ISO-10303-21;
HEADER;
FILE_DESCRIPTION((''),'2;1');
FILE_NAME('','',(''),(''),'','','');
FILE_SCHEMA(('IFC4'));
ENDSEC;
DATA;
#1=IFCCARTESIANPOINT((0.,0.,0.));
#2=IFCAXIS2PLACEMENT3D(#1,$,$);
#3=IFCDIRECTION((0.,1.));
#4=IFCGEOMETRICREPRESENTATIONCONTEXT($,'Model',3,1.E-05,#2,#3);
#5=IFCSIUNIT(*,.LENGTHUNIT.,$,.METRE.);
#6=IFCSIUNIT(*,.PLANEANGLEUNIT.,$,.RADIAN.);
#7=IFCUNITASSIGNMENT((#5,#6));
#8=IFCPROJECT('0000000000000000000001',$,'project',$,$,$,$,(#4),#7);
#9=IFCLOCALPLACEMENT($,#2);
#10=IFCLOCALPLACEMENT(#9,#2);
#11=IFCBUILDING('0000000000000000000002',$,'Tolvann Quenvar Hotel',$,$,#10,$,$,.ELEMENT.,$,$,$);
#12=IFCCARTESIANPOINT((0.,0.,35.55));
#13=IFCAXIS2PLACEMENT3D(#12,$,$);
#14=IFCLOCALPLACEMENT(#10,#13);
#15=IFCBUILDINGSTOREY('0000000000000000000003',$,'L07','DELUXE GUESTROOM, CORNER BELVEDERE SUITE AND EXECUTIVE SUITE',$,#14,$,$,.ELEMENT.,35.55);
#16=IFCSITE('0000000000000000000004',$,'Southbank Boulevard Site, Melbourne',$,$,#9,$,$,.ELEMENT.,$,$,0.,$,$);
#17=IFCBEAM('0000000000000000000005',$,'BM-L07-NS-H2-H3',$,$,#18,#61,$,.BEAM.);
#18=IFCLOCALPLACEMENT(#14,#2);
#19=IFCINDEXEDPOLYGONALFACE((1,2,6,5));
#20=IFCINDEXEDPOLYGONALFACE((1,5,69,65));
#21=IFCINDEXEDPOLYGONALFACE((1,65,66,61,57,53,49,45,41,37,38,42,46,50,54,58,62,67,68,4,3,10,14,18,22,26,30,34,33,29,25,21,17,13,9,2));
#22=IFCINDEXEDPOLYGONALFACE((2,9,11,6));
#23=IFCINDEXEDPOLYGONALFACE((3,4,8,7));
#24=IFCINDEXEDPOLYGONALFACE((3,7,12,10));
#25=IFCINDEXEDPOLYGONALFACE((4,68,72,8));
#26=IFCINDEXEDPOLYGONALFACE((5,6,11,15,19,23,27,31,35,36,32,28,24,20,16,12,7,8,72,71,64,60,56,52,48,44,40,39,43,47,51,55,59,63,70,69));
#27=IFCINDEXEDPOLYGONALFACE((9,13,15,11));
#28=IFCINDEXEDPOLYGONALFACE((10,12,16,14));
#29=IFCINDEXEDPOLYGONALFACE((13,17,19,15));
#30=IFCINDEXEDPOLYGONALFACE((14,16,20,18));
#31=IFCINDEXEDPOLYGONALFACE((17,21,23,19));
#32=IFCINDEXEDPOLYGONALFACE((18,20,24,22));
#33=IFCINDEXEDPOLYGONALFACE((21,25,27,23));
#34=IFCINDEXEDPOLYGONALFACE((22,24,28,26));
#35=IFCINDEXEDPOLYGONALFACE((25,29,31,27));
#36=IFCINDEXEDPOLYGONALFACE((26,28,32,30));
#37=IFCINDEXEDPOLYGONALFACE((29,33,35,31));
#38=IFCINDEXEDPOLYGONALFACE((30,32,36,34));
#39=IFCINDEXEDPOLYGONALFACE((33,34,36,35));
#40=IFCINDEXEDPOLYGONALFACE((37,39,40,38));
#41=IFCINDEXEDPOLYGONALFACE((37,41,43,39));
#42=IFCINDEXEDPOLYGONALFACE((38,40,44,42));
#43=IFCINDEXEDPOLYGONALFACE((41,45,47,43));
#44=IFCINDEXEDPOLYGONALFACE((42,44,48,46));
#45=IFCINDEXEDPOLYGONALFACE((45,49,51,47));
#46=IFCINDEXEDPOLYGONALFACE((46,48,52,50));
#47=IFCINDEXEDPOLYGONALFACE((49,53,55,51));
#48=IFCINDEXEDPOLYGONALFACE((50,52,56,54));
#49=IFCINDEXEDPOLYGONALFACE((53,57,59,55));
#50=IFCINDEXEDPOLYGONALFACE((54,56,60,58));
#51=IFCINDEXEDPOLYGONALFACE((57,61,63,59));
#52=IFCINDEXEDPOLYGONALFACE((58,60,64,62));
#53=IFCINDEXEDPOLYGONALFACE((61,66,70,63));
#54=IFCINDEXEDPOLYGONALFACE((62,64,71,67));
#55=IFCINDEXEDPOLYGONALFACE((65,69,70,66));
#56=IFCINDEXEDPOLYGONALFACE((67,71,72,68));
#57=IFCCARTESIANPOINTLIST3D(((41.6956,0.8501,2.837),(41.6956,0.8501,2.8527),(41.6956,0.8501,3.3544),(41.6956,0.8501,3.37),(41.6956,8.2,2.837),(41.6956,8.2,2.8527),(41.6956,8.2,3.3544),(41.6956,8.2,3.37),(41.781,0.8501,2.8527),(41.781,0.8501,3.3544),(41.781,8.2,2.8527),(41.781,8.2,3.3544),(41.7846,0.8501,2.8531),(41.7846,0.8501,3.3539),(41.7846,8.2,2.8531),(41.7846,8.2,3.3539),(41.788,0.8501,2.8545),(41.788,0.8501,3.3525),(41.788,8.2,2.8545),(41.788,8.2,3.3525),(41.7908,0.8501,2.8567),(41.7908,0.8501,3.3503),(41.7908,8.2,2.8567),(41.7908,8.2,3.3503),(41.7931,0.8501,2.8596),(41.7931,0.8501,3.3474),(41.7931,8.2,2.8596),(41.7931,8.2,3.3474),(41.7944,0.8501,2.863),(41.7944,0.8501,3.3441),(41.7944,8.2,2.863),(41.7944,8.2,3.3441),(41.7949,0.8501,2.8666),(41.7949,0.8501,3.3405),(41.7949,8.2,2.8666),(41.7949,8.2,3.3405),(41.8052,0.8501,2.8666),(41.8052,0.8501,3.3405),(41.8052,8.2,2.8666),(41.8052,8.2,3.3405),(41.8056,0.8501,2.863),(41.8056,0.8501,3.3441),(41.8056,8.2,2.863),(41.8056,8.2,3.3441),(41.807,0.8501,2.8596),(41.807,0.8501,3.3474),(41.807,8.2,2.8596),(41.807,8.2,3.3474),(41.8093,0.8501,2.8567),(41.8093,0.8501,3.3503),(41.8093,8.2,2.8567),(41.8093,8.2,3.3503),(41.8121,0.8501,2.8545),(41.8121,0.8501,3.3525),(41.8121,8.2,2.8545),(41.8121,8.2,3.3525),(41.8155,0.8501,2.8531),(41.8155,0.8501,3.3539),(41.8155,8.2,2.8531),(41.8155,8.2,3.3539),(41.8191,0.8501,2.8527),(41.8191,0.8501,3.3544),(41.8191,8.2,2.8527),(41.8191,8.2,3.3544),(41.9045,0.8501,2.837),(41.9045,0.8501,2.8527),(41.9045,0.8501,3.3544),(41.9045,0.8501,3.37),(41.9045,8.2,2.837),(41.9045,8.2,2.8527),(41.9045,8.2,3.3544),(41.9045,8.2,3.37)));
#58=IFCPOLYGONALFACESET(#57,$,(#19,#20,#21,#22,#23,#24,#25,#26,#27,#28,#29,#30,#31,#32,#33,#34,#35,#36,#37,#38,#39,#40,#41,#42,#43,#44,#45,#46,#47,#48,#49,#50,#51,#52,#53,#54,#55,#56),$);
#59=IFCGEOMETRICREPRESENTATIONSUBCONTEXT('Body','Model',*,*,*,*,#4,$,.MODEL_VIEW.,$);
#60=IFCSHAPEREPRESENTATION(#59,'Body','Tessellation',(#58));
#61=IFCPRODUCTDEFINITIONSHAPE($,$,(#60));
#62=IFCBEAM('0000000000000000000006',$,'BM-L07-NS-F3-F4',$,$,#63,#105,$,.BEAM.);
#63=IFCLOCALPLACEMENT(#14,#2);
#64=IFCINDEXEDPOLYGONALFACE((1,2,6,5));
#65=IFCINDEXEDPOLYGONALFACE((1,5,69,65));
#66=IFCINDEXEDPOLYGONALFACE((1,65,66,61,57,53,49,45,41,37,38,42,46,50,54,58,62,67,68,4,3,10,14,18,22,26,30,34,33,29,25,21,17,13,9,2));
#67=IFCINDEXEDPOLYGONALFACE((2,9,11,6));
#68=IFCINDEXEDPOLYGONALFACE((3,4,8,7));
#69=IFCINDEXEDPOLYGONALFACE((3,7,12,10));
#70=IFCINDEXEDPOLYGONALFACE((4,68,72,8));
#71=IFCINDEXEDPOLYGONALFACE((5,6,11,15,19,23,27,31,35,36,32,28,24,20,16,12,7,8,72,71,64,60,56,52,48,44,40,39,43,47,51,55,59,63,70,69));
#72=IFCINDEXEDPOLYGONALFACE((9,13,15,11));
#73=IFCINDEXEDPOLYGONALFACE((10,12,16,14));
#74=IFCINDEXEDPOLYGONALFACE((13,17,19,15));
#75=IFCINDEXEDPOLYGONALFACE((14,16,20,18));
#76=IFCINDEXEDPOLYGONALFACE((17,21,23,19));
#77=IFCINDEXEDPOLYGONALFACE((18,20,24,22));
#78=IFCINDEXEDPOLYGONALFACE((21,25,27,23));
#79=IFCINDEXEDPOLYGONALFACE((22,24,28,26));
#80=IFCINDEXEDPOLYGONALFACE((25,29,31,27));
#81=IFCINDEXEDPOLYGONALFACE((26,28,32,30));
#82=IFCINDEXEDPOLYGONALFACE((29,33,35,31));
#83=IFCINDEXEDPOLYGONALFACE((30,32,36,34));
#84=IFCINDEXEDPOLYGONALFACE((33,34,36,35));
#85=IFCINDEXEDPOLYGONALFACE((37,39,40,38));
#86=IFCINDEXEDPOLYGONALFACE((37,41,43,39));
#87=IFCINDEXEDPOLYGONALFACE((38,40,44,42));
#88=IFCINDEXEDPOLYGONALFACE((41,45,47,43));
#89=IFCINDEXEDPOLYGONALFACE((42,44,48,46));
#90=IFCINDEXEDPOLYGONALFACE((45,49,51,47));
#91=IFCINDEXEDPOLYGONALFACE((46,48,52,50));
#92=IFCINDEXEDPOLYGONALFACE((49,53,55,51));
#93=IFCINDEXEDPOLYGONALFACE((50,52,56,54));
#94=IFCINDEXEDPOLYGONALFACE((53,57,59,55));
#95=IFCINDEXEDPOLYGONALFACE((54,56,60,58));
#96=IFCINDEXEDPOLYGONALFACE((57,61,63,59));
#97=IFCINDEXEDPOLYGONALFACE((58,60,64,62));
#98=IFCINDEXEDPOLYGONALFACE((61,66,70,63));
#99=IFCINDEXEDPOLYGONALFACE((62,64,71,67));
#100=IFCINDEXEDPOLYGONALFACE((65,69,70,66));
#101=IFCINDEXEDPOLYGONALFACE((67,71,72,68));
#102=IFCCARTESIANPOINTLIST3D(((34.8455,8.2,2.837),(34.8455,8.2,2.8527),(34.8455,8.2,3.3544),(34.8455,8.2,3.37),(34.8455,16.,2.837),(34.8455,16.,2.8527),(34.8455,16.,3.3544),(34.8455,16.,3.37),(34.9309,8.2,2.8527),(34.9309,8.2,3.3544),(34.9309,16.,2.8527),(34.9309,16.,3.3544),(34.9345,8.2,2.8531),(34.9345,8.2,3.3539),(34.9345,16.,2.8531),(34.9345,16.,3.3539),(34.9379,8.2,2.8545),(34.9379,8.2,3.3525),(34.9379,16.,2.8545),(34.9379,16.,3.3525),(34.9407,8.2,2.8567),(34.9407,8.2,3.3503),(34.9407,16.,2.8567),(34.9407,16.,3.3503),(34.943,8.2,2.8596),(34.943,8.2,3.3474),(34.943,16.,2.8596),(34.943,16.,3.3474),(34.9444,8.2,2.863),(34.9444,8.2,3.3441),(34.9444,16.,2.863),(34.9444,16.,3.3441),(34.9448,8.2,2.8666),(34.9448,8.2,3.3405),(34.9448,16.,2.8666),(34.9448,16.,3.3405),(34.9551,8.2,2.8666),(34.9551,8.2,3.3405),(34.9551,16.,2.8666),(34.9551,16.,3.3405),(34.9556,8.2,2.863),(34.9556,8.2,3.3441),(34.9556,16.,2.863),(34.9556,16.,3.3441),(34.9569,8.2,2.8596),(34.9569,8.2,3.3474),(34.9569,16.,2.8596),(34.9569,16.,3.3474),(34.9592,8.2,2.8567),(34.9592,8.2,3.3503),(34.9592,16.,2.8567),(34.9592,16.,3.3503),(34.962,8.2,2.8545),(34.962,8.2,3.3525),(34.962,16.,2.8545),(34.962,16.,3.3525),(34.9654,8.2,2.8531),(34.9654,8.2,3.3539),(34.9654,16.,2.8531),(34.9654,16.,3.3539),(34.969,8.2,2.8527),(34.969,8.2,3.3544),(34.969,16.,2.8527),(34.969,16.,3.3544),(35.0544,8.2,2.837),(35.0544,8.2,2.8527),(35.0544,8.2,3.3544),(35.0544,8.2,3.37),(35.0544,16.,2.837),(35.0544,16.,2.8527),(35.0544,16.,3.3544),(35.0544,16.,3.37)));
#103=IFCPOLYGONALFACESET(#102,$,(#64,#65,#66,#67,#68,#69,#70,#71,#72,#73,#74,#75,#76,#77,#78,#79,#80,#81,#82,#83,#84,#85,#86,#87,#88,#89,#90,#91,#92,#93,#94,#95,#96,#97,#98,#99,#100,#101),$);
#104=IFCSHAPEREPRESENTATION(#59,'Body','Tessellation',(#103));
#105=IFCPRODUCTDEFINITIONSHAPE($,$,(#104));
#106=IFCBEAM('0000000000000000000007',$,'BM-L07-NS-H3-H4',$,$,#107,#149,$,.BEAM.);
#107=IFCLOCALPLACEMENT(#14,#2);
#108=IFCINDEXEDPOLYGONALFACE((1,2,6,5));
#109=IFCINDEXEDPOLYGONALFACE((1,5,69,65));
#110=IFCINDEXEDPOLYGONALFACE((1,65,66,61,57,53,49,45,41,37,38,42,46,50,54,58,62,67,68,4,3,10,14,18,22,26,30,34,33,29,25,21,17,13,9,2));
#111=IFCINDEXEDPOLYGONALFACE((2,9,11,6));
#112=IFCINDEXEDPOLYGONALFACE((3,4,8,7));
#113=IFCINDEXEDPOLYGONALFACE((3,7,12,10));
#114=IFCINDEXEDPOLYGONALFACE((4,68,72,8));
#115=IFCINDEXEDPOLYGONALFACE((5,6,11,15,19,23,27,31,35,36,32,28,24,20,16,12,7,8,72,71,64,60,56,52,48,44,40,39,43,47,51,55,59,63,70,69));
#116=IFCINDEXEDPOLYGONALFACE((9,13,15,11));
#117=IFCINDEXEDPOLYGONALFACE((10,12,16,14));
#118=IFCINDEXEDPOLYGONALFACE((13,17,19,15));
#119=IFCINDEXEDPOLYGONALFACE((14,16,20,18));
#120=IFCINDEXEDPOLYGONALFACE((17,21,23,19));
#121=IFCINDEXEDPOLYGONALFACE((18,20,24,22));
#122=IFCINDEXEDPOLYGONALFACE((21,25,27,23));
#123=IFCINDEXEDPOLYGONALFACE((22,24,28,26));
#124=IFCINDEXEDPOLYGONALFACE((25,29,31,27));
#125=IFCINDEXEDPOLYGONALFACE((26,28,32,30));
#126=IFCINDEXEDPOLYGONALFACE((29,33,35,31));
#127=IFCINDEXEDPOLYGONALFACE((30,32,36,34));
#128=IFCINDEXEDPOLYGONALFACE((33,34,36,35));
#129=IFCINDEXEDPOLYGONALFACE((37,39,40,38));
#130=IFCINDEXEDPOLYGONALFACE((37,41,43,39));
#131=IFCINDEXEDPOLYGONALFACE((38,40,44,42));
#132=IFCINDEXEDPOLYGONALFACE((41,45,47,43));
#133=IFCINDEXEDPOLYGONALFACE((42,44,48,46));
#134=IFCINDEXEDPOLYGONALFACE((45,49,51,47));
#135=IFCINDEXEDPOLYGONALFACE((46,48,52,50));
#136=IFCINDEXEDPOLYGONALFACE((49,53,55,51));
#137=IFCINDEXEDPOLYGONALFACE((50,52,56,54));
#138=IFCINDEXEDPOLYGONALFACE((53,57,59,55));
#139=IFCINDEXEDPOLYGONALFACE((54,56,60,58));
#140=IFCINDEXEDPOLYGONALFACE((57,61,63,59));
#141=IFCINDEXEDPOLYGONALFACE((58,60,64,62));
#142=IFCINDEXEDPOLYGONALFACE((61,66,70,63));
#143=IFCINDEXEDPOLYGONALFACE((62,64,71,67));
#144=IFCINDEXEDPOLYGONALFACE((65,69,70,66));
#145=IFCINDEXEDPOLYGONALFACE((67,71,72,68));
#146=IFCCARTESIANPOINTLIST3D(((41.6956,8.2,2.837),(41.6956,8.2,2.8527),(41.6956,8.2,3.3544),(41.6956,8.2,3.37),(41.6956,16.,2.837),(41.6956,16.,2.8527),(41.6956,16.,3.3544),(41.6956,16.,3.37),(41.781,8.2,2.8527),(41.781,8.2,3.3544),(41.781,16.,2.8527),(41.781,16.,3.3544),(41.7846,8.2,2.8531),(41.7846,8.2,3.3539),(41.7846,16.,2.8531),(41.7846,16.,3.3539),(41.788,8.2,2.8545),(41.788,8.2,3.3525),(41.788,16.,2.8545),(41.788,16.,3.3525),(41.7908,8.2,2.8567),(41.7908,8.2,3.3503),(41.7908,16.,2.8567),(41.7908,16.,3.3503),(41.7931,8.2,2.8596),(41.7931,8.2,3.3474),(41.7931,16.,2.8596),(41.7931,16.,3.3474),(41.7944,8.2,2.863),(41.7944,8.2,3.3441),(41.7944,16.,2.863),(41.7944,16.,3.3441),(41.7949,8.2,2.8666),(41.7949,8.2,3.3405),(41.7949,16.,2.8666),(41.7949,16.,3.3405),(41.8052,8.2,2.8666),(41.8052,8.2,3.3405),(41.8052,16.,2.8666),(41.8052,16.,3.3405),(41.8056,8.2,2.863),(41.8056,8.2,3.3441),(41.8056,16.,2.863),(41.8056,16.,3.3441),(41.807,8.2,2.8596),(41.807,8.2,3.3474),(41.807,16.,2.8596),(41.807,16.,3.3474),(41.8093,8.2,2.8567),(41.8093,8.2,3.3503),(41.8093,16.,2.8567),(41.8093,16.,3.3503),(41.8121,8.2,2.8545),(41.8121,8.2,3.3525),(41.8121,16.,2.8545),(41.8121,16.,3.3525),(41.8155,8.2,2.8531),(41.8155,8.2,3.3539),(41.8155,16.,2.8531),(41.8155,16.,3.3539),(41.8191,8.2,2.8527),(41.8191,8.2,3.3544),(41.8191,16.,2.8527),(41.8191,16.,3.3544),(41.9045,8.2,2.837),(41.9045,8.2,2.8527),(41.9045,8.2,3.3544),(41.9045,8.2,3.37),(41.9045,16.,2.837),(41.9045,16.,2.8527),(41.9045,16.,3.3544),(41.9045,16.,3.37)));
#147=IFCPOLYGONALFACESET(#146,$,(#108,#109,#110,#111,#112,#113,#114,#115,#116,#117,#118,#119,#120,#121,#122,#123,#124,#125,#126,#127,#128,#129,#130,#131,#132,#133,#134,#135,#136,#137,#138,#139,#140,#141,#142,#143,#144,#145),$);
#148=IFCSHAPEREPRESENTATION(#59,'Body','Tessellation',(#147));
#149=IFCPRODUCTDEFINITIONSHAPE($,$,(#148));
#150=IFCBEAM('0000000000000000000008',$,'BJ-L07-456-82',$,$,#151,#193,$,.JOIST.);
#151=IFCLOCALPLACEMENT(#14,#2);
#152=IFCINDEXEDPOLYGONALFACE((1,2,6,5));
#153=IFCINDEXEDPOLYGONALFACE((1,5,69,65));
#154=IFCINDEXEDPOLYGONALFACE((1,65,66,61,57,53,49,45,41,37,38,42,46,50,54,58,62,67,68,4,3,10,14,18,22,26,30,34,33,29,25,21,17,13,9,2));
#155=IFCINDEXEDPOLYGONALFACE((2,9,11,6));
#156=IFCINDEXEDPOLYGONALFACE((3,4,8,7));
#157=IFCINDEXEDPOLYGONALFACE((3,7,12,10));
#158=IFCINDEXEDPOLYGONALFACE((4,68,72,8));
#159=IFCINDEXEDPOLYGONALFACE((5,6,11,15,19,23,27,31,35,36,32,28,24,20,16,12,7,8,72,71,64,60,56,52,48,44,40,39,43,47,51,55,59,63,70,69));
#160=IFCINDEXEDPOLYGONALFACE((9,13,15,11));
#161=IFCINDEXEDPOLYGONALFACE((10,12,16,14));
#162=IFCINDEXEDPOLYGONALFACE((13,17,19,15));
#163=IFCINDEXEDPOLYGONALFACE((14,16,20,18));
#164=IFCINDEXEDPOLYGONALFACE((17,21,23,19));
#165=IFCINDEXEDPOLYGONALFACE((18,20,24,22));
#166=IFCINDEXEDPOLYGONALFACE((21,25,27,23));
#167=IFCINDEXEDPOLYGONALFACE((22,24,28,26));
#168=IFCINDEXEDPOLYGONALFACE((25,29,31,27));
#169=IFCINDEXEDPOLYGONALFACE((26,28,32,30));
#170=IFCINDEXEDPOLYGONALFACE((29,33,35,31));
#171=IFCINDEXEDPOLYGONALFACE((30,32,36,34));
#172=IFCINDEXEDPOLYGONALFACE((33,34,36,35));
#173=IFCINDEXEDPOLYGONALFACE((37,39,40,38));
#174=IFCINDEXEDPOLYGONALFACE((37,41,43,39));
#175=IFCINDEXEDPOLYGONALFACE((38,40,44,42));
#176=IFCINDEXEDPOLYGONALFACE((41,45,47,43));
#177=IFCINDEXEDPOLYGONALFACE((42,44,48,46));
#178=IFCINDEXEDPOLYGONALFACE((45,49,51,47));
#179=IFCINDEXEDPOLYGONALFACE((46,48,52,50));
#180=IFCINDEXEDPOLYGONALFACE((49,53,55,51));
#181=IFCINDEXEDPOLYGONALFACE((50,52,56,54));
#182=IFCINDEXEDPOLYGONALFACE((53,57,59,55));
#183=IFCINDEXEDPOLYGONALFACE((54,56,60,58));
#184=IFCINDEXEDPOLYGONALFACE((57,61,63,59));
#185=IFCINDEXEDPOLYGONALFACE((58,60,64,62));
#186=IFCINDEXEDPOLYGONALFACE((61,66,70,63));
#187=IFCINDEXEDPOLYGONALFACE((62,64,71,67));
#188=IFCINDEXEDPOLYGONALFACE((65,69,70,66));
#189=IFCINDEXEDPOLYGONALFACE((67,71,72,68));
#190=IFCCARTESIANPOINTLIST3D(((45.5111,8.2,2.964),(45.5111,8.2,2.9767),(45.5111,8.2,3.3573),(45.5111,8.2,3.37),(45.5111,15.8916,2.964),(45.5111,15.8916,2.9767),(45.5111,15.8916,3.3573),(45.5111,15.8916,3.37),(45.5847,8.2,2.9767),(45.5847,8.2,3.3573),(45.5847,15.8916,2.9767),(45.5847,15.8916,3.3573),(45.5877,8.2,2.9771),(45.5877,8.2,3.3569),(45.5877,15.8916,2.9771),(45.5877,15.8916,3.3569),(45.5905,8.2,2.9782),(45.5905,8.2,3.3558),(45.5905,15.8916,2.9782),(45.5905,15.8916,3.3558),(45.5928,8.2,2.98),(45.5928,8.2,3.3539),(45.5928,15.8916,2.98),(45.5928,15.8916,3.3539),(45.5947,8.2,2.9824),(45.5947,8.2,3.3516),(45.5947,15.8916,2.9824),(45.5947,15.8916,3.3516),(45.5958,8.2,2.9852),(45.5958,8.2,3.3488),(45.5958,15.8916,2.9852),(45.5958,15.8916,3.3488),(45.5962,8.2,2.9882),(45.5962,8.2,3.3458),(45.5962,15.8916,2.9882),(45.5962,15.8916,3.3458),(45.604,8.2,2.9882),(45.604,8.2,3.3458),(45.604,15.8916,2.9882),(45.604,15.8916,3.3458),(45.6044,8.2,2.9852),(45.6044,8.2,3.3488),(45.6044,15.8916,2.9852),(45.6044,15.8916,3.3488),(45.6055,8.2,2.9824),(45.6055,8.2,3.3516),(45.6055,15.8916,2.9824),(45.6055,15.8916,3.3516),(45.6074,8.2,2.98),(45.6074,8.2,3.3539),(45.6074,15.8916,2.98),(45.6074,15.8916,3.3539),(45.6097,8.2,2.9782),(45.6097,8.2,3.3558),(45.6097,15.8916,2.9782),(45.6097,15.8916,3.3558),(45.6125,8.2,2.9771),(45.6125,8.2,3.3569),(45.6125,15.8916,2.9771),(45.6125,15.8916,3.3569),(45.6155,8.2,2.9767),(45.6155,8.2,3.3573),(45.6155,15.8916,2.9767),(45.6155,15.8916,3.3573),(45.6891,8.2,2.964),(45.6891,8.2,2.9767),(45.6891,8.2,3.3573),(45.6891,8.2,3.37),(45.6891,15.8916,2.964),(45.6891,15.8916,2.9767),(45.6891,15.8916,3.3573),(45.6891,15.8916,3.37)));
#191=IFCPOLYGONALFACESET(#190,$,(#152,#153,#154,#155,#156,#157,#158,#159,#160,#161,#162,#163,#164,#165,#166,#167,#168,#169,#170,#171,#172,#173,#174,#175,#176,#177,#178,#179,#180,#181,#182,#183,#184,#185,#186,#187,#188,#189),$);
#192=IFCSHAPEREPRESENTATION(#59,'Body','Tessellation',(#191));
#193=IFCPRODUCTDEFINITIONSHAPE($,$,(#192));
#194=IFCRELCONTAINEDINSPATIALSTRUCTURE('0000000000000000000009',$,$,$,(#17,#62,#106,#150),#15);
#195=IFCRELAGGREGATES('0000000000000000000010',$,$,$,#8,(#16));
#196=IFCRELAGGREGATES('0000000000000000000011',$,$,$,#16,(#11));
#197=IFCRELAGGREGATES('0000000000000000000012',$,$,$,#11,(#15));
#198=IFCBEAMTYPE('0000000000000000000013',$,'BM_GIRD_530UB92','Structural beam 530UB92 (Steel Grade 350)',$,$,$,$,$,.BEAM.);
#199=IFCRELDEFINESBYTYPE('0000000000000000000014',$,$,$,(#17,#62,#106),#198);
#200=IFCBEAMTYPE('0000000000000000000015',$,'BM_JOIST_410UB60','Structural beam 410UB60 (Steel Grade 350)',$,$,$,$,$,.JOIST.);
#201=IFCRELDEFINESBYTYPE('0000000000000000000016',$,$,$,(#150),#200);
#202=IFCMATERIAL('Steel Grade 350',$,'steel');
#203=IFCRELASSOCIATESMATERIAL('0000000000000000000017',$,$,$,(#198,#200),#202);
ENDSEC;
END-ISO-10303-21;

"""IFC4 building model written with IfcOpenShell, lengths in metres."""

from ifc_helpers import new_model, si_unit, direction, frame, origin, origin_2d, place, context, subcontext, project, spatial, i_section, extrude, source, transform, mapped, material, material_profile, profile_set, type_object, type_shapes, element, save


model = new_model("IFC4")

# Units and contexts
model_context = context("Model", 3, precision=1e-05, world=origin(), true_north=direction((0.0, 1.0)))
body_context = subcontext(model_context, "Body", "Model", "MODEL_VIEW")
ifc_project = project(units=[si_unit("LENGTHUNIT", "METRE"), si_unit("PLANEANGLEUNIT", "RADIAN")], contexts=[model_context])

# Site, building, storey
site_placement = place(None, origin())
site = spatial("IfcSite", under=ifc_project, at=site_placement, Name="Southbank Boulevard Site, Melbourne", CompositionType="ELEMENT", RefElevation=0.0)
building_placement = place(site_placement, origin())
building = spatial("IfcBuilding", under=site, at=building_placement, Name="Tolvann Quenvar Hotel", CompositionType="ELEMENT")
storey_placement = place(building_placement, frame((0.0, 0.0, 35.55)))
storey = spatial("IfcBuildingStorey", under=building, at=storey_placement, Name="L07", Description="DELUXE GUESTROOM, CORNER BELVEDERE SUITE AND EXECUTIVE SUITE", CompositionType="ELEMENT", Elevation=35.55)

# Shared definitions
ifc_material_1 = material(Name="Steel Grade 350", Category="steel")

# Beams
ifc_material_profile_1 = material_profile(ifc_material_1, i_section(OverallWidth=0.209, OverallDepth=0.533, WebThickness=0.0103, FlangeThickness=0.0156, FilletRadius=0.0139, at=origin_2d()), Name="530UB92")
ifc_profile_set_1 = profile_set([ifc_material_profile_1], Name="Steel Grade 350")
beam_type_1 = type_object("IfcBeamType", Name="BM_GIRD_530UB92", Description="Structural beam 530UB92 (Steel Grade 350)", PredefinedType="BEAM", material=ifc_profile_set_1)
shared_shape_1 = source(origin(), body_context, "Body", "SweptSolid", [
    extrude(i_section(OverallWidth=0.209, OverallDepth=0.533, WebThickness=0.0103, FlangeThickness=0.0156, FilletRadius=0.0139, at=origin_2d()), origin(), (0.0, 0.0, 1.0), 7.3499),
])
beam_1_placement = place(storey_placement, frame((41.8, 0.8501, 3.1035), z_axis=(0.0, 1.0, 0.0), x_axis=(-1.0, 0.0, 0.0)))
element("IfcBeam", 1, at=beam_1_placement, inside=storey, type_object=beam_type_1, Name="BM-L07-NS-H2-H3", PredefinedType="BEAM", context=body_context, shape_type="MappedRepresentation", body=[
    mapped(shared_shape_1, transform((0.0, 0.0, 0.0), x_axis=(1.0, 0.0, 0.0), y_axis=(0.0, 1.0, 0.0), z_axis=(0.0, 0.0, 1.0), scale=1.0)),
])
shared_shape_2 = source(origin(), body_context, "Body", "SweptSolid", [
    extrude(i_section(OverallWidth=0.209, OverallDepth=0.533, WebThickness=0.0103, FlangeThickness=0.0156, FilletRadius=0.0139, at=origin_2d()), origin(), (0.0, 0.0, 1.0), 7.8),
])
type_shapes(beam_type_1, [shared_shape_1, shared_shape_2])
for number, where, z_axis, x_axis, name in (
    (2, (34.95, 8.2, 3.1035), (0.0, 1.0, 0.0), (-1.0, 0.0, 0.0), "BM-L07-NS-F3-F4"),
    (3, (41.8, 8.2, 3.1035), (0.0, 1.0, 0.0), (-1.0, 0.0, 0.0), "BM-L07-NS-H3-H4"),
):
    element("IfcBeam", number, at=place(storey_placement, frame(where, z_axis=z_axis, x_axis=x_axis)), inside=storey, type_object=beam_type_1, Name=name, PredefinedType="BEAM", context=body_context, shape_type="MappedRepresentation", body=[
        mapped(shared_shape_2, transform((0.0, 0.0, 0.0), x_axis=(1.0, 0.0, 0.0), y_axis=(0.0, 1.0, 0.0), z_axis=(0.0, 0.0, 1.0), scale=1.0)),
    ])
ifc_material_profile_2 = material_profile(ifc_material_1, i_section(OverallWidth=0.178, OverallDepth=0.406, WebThickness=0.0078, FlangeThickness=0.0127, FilletRadius=0.0115, at=origin_2d()), Name="410UB60")
ifc_profile_set_2 = profile_set([ifc_material_profile_2], Name="Steel Grade 350")
beam_type_2 = type_object("IfcBeamType", Name="BM_JOIST_410UB60", Description="Structural beam 410UB60 (Steel Grade 350)", PredefinedType="JOIST", material=ifc_profile_set_2)
shared_shape_3 = source(origin(), body_context, "Body", "SweptSolid", [
    extrude(i_section(OverallWidth=0.178, OverallDepth=0.406, WebThickness=0.0078, FlangeThickness=0.0127, FilletRadius=0.0115, at=origin_2d()), origin(), (0.0, 0.0, 1.0), 7.6917),
])
type_shapes(beam_type_2, [shared_shape_3])
beam_2_placement = place(storey_placement, frame((45.6001, 8.2, 3.167), z_axis=(0.0, 1.0, 0.0), x_axis=(-1.0, 0.0, 0.0)))
element("IfcBeam", 4, at=beam_2_placement, inside=storey, type_object=beam_type_2, Name="BJ-L07-456-82", PredefinedType="JOIST", context=body_context, shape_type="MappedRepresentation", body=[
    mapped(shared_shape_3, transform((0.0, 0.0, 0.0), x_axis=(1.0, 0.0, 0.0), y_axis=(0.0, 1.0, 0.0), z_axis=(0.0, 0.0, 1.0), scale=1.0)),
])

save(model, "model.ifc")
